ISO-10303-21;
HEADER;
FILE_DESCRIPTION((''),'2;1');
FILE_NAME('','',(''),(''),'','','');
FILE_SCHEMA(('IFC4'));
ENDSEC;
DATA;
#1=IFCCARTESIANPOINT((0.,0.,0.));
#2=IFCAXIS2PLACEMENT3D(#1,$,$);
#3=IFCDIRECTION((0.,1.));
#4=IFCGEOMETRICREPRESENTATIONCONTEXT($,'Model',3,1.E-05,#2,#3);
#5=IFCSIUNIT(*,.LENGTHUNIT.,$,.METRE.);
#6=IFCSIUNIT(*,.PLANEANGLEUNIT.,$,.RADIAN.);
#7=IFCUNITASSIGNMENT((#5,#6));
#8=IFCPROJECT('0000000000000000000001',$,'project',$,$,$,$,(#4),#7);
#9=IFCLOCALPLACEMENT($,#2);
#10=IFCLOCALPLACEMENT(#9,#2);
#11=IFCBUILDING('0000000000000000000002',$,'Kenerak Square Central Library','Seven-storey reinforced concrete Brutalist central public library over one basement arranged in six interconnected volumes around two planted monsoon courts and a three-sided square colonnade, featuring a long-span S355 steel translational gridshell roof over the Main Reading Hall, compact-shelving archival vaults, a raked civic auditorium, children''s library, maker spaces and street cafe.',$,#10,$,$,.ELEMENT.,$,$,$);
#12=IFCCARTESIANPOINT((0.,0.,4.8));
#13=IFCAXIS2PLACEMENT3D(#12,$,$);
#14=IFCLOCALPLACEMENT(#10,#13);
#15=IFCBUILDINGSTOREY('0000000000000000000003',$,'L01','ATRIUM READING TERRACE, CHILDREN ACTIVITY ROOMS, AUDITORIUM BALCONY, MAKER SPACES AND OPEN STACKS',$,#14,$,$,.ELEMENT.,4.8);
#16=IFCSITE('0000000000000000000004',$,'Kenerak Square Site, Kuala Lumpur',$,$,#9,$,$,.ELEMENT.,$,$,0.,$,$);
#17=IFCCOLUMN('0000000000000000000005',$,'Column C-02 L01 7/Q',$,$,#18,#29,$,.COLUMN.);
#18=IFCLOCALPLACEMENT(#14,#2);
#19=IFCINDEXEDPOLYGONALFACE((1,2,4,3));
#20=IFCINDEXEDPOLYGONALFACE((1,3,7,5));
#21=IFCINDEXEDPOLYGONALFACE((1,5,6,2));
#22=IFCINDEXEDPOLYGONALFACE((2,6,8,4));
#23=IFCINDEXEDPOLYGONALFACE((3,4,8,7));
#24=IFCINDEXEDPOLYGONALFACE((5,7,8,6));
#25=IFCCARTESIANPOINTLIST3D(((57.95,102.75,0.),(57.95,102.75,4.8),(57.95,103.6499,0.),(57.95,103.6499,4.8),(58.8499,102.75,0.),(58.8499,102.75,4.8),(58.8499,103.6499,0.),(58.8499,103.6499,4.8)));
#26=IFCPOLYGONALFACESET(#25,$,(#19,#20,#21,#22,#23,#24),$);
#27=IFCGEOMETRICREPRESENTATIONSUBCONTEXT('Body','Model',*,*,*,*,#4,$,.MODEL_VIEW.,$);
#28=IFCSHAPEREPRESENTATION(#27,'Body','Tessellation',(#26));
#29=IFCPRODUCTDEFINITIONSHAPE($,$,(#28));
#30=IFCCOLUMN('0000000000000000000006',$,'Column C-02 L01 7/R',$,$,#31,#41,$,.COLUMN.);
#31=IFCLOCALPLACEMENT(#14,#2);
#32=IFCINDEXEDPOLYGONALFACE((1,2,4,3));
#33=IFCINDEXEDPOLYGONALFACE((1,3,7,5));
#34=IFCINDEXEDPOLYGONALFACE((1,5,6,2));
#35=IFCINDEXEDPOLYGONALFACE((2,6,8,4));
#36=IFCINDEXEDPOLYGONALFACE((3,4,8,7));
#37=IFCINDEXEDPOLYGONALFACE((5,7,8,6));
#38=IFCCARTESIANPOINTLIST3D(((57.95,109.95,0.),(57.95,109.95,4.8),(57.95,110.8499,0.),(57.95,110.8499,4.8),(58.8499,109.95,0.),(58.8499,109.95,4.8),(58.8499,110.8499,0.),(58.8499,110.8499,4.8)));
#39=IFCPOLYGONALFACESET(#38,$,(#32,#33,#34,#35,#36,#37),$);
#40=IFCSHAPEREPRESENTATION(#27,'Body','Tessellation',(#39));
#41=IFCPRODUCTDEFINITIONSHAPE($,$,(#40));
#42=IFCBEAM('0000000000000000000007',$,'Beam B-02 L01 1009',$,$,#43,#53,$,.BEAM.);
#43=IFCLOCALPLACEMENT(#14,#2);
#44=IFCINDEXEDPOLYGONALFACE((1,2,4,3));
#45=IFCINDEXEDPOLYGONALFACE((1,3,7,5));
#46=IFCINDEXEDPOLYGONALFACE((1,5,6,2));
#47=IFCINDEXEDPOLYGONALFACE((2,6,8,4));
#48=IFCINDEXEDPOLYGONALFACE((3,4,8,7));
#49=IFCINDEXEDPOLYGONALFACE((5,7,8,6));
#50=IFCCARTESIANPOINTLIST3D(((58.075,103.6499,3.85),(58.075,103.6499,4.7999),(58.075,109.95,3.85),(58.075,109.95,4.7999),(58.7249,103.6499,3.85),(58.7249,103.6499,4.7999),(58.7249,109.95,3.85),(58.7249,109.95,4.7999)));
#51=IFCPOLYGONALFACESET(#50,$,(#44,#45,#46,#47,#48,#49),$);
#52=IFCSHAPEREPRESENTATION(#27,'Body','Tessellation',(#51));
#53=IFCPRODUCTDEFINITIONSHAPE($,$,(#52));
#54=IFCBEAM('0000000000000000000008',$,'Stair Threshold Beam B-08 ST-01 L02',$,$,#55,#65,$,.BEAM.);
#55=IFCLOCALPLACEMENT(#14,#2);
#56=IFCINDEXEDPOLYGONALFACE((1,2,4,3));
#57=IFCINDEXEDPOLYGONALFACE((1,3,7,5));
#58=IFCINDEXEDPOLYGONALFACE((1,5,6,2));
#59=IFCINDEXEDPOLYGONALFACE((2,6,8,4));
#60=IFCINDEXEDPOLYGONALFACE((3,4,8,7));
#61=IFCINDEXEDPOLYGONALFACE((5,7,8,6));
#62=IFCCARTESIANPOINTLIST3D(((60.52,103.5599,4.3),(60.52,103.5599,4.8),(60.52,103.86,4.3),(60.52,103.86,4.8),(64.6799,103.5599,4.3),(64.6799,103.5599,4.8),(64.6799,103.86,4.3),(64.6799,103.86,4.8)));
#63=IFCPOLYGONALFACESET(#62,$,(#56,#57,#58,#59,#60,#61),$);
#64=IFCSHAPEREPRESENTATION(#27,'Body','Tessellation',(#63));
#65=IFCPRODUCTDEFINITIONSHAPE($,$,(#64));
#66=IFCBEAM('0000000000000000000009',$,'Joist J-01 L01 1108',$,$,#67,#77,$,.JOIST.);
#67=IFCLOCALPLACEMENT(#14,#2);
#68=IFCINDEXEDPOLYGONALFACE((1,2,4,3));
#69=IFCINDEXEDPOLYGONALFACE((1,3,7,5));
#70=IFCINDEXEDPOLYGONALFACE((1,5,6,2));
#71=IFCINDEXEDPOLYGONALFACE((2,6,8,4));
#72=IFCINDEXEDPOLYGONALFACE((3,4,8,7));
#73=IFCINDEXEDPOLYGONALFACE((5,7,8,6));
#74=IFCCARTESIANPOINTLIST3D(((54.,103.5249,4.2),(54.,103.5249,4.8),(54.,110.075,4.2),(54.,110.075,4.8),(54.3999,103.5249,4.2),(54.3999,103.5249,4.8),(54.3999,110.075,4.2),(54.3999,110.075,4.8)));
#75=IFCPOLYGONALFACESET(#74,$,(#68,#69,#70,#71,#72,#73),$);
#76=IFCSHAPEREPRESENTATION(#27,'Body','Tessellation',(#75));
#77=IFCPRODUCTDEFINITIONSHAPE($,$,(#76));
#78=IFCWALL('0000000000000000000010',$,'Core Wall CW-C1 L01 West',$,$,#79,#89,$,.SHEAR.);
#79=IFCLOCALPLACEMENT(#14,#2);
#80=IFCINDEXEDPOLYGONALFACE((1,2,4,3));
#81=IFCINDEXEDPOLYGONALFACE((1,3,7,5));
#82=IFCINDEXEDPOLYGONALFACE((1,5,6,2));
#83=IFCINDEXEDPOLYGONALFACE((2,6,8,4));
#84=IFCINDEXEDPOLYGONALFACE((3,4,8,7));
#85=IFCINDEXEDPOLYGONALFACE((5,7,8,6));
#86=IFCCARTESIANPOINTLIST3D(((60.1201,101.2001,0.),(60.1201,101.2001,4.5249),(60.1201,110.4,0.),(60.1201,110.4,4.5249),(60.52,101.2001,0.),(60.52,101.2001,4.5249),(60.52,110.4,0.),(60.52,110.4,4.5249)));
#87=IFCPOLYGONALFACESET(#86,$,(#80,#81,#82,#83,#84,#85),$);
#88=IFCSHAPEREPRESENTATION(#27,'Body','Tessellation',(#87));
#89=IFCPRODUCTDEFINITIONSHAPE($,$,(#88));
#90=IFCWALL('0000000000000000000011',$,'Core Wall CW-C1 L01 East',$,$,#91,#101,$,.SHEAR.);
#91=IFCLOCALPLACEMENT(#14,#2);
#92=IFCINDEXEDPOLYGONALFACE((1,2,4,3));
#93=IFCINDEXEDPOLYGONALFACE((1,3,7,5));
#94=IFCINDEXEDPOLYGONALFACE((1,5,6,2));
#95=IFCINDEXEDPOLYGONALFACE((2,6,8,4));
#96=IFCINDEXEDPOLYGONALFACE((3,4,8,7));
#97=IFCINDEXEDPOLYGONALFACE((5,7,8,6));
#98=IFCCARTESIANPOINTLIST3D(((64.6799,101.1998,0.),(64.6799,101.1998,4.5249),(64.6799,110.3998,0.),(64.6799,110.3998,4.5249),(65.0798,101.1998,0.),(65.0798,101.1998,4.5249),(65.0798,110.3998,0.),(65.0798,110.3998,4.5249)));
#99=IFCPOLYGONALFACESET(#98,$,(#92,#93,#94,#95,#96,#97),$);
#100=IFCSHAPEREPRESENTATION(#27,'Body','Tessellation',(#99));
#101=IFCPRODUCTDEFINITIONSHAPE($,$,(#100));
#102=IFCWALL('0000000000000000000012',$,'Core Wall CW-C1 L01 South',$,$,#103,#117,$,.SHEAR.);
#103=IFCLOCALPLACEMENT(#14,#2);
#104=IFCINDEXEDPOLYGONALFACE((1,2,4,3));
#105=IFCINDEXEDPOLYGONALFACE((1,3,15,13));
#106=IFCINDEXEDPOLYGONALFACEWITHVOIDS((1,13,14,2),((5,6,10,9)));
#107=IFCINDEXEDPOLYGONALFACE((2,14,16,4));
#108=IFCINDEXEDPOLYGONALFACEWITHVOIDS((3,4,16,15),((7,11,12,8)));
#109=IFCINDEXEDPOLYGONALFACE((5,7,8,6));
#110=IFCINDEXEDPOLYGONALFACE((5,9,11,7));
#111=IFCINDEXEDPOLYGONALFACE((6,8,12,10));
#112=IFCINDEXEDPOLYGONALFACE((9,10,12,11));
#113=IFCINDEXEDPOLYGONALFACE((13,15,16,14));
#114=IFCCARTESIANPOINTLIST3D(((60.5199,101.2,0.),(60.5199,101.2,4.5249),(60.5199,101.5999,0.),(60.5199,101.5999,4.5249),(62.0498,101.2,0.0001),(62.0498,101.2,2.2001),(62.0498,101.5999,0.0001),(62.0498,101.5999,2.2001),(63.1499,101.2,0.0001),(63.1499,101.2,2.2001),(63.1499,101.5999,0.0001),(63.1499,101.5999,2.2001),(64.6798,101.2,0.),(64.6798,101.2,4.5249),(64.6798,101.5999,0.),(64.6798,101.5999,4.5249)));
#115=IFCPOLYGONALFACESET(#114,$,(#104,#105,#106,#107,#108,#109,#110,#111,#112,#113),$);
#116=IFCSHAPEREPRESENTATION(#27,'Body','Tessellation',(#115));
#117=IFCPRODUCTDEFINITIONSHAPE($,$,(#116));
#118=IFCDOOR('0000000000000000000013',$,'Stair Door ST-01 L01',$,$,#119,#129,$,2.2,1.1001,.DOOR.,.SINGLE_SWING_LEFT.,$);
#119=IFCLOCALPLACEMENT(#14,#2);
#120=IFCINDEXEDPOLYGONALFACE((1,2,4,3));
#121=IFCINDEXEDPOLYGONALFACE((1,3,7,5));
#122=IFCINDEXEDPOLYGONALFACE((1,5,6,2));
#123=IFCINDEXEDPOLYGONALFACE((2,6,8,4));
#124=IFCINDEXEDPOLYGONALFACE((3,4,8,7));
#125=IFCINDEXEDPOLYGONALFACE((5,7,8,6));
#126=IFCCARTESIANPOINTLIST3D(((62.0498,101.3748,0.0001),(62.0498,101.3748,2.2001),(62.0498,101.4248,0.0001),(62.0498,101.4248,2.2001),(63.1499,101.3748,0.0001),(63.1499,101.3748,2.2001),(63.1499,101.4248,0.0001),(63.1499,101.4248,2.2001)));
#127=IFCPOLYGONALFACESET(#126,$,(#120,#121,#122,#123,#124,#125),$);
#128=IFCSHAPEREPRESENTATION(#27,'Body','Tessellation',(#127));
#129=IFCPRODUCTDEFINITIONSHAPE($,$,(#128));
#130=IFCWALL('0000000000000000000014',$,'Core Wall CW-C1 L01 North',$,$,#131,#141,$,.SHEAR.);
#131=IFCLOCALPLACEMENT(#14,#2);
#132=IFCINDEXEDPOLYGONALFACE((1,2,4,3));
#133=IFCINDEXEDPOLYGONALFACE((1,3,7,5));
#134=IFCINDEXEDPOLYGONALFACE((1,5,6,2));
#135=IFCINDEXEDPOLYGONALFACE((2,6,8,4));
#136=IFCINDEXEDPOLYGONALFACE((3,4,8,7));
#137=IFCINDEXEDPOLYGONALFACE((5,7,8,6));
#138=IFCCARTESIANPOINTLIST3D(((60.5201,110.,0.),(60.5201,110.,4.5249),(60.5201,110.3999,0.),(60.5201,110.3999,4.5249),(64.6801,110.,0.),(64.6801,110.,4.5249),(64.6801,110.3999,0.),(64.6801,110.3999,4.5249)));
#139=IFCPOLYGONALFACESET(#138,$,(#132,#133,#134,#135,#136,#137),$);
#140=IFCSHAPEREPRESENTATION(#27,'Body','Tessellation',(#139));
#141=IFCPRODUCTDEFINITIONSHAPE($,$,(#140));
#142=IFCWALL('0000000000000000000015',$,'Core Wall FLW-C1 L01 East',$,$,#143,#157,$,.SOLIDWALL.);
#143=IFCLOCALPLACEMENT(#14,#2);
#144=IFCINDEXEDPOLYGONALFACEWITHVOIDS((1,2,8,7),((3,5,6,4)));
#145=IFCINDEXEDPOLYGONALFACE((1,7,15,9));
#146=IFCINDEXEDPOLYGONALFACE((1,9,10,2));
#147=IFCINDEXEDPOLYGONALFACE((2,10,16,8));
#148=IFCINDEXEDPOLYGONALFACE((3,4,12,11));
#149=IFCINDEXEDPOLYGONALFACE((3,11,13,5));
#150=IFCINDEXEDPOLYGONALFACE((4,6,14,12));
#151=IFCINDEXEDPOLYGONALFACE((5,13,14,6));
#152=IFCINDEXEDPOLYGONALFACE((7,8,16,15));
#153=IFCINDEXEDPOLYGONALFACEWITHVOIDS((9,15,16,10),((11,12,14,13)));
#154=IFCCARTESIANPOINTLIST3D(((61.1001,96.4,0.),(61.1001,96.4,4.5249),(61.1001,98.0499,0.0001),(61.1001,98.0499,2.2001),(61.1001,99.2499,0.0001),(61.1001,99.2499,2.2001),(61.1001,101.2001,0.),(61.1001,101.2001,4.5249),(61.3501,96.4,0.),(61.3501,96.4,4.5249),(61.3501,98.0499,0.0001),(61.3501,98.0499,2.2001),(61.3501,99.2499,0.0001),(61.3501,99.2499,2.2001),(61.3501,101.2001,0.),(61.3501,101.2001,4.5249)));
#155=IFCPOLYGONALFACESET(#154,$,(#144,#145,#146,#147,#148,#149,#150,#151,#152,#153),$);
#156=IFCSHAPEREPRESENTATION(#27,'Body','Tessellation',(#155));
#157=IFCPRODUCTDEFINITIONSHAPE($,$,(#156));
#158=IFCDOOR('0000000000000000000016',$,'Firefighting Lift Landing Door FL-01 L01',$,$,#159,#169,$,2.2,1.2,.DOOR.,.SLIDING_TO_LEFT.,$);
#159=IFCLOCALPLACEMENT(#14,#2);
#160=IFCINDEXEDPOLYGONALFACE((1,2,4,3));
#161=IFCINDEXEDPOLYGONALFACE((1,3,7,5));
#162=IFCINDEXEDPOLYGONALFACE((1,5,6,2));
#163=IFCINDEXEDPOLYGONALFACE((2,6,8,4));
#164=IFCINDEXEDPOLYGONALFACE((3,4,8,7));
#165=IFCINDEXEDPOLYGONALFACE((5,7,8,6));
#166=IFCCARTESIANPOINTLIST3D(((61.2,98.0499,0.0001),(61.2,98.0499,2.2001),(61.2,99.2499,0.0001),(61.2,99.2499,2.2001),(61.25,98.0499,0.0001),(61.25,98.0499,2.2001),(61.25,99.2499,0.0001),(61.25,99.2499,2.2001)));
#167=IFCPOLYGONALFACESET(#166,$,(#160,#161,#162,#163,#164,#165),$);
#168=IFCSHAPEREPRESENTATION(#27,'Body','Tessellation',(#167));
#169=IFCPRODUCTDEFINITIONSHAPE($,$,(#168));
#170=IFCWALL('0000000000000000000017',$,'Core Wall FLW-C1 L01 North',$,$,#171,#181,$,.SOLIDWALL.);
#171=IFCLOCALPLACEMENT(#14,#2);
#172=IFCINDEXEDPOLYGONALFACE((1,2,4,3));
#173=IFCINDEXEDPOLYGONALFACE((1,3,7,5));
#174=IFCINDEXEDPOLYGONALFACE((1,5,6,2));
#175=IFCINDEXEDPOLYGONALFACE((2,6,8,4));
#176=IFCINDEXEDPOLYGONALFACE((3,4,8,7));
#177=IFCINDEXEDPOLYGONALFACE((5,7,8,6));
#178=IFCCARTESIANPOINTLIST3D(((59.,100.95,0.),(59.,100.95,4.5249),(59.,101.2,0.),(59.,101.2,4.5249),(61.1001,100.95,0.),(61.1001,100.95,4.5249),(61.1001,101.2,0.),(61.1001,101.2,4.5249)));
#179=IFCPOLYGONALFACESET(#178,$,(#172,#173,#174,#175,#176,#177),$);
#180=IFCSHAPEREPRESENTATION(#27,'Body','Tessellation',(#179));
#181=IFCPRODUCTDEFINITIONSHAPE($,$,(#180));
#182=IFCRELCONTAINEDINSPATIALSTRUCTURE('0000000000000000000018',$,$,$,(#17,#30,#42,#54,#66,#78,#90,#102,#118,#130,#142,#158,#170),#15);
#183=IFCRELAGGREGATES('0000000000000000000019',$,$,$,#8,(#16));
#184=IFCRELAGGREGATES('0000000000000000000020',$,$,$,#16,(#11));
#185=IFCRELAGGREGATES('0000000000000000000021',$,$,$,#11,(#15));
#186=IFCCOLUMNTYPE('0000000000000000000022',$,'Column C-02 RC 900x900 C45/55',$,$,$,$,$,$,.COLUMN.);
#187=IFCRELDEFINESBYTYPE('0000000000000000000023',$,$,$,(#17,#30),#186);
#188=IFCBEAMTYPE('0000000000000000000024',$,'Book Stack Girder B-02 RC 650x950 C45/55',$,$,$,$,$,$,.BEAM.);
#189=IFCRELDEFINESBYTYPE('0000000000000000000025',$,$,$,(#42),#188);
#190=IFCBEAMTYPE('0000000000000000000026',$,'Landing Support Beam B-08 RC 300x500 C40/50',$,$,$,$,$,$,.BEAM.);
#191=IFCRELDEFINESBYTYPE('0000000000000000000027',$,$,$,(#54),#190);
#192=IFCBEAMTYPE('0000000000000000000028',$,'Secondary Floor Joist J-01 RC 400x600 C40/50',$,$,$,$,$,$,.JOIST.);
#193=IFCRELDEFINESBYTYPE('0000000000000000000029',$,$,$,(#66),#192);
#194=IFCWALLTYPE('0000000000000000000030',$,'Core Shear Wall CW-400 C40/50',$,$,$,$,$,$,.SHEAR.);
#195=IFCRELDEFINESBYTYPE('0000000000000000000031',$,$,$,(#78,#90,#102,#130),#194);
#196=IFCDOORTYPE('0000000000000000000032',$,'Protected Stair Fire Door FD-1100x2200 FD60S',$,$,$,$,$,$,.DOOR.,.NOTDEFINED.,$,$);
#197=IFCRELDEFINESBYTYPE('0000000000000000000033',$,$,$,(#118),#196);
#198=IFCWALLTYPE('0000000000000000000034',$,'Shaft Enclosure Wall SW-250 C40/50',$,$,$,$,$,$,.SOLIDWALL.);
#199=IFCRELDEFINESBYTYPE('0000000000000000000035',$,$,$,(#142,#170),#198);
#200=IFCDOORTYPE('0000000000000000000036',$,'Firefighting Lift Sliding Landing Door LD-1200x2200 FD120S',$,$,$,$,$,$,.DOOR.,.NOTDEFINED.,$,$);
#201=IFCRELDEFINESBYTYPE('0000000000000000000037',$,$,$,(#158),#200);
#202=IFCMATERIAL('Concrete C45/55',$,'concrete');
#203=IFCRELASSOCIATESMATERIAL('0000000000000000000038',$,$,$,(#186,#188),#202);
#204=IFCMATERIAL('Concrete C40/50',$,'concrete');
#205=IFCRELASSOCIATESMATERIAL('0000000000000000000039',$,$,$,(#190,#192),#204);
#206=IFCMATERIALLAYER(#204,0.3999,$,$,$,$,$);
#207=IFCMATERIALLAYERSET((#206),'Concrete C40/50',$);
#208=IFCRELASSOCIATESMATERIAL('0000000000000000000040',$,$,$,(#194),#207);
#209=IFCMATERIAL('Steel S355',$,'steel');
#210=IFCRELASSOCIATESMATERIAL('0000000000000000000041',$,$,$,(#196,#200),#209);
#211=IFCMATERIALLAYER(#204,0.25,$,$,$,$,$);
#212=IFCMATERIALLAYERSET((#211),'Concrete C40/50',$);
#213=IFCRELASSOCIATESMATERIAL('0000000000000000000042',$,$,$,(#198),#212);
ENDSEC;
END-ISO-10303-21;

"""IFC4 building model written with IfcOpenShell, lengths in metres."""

from ifc_helpers import new_model, si_unit, direction, frame, frame_2d, origin, origin_2d, place, context, subcontext, project, spatial, rectangle, extrude, material, layer, layer_set, material_profile, profile_set, type_object, element, fill, save


model = new_model("IFC4")

# Units and contexts
model_context = context("Model", 3, precision=1e-05, world=origin(), true_north=direction((0.0, 1.0)))
body_context = subcontext(model_context, "Body", "Model", "MODEL_VIEW")
ifc_project = project(units=[si_unit("LENGTHUNIT", "METRE"), si_unit("PLANEANGLEUNIT", "RADIAN")], contexts=[model_context])

# Site, building, storey
site_placement = place(None, origin())
site = spatial("IfcSite", under=ifc_project, at=site_placement, Name="Kenerak Square Site, Kuala Lumpur", CompositionType="ELEMENT", RefElevation=0.0)
building_placement = place(site_placement, origin())
building = spatial("IfcBuilding", under=site, at=building_placement, Name="Kenerak Square Central Library", Description="Seven-storey reinforced concrete Brutalist central public library over one basement arranged in six interconnected volumes around two planted monsoon courts and a three-sided square colonnade, featuring a long-span S355 steel translational gridshell roof over the Main Reading Hall, compact-shelving archival vaults, a raked civic auditorium, children's library, maker spaces and street cafe.", CompositionType="ELEMENT")
storey_placement = place(building_placement, frame((0.0, 0.0, 4.8)))
storey = spatial("IfcBuildingStorey", under=building, at=storey_placement, Name="L01", Description="ATRIUM READING TERRACE, CHILDREN ACTIVITY ROOMS, AUDITORIUM BALCONY, MAKER SPACES AND OPEN STACKS", CompositionType="ELEMENT", Elevation=4.8)

# Columns
ifc_material_1 = material(Name="Concrete C45/55", Category="concrete")
ifc_material_profile_1 = material_profile(ifc_material_1, rectangle(XDim=0.8999, YDim=0.8999, at=origin_2d()), Name="RC 900x900")
ifc_profile_set_1 = profile_set([ifc_material_profile_1], Name="Concrete C45/55")
column_type = type_object("IfcColumnType", Name="Column C-02 RC 900x900 C45/55", PredefinedType="COLUMN", material=ifc_profile_set_1)
for number, where, z_axis, x_axis, name in (
    (1, (58.3999, 103.2, 0.0), (0.0, 0.0, 1.0), (1.0, 0.0, 0.0), "Column C-02 L01 7/Q"),
    (2, (58.3999, 110.3999, 0.0), (0.0, 0.0, 1.0), (1.0, 0.0, 0.0), "Column C-02 L01 7/R"),
):
    element("IfcColumn", number, at=place(storey_placement, frame(where, z_axis=z_axis, x_axis=x_axis)), inside=storey, type_object=column_type, Name=name, PredefinedType="COLUMN", context=body_context, shape_type="SweptSolid", body=[
        extrude(rectangle(XDim=0.8999, YDim=0.8999, at=origin_2d()), origin(), (0.0, 0.0, 1.0), 4.8),
    ])

# Beams
ifc_material_profile_2 = material_profile(ifc_material_1, rectangle(XDim=0.6499, YDim=0.95, at=origin_2d()), Name="RC 650x950")
ifc_profile_set_2 = profile_set([ifc_material_profile_2], Name="Concrete C45/55")
beam_type_1 = type_object("IfcBeamType", Name="Book Stack Girder B-02 RC 650x950 C45/55", PredefinedType="BEAM", material=ifc_profile_set_2)
beam_1_placement = place(storey_placement, frame((58.3999, 103.6499, 4.325), z_axis=(0.0, 1.0, 0.0), x_axis=(-1.0, 0.0, 0.0)))
element("IfcBeam", 3, at=beam_1_placement, inside=storey, type_object=beam_type_1, Name="Beam B-02 L01 1009", PredefinedType="BEAM", context=body_context, shape_type="SweptSolid", body=[
    extrude(rectangle(XDim=0.6499, YDim=0.95, at=origin_2d()), origin(), (0.0, 0.0, 1.0), 6.3),
])
ifc_material_2 = material(Name="Concrete C40/50", Category="concrete")
ifc_material_profile_3 = material_profile(ifc_material_2, rectangle(XDim=0.3, YDim=0.5, at=origin_2d()), Name="RC 300x500")
ifc_profile_set_3 = profile_set([ifc_material_profile_3], Name="Concrete C40/50")
beam_type_2 = type_object("IfcBeamType", Name="Landing Support Beam B-08 RC 300x500 C40/50", PredefinedType="BEAM", material=ifc_profile_set_3)
beam_2_placement = place(storey_placement, frame((60.52, 103.71, 4.55), z_axis=(1.0, 0.0, 0.0), x_axis=(0.0, 1.0, 0.0)))
element("IfcBeam", 4, at=beam_2_placement, inside=storey, type_object=beam_type_2, Name="Stair Threshold Beam B-08 ST-01 L02", PredefinedType="BEAM", context=body_context, shape_type="SweptSolid", body=[
    extrude(rectangle(XDim=0.3, YDim=0.5, at=origin_2d()), origin(), (0.0, 0.0, 1.0), 4.1599),
])
ifc_material_profile_4 = material_profile(ifc_material_2, rectangle(XDim=0.3999, YDim=0.6001, at=origin_2d()), Name="RC 400x600")
ifc_profile_set_4 = profile_set([ifc_material_profile_4], Name="Concrete C40/50")
beam_type_3 = type_object("IfcBeamType", Name="Secondary Floor Joist J-01 RC 400x600 C40/50", PredefinedType="JOIST", material=ifc_profile_set_4)
beam_3_placement = place(storey_placement, frame((54.2, 103.5249, 4.5), z_axis=(0.0, 1.0, 0.0), x_axis=(-1.0, 0.0, 0.0)))
element("IfcBeam", 5, at=beam_3_placement, inside=storey, type_object=beam_type_3, Name="Joist J-01 L01 1108", PredefinedType="JOIST", context=body_context, shape_type="SweptSolid", body=[
    extrude(rectangle(XDim=0.3999, YDim=0.6001, at=origin_2d()), origin(), (0.0, 0.0, 1.0), 6.55),
])

# Walls
ifc_layer_1 = layer(ifc_material_2, 0.3999)
ifc_layer_set_1 = layer_set([ifc_layer_1], Name="Concrete C40/50")
wall_type_1 = type_object("IfcWallType", Name="Core Shear Wall CW-400 C40/50", PredefinedType="SHEAR", material=ifc_layer_set_1)
for number, where, z_axis, x_axis, name in (
    (6, (60.3201, 101.2, 0.0), (0.0, 0.0, 1.0), (0.0, 1.0, 0.0), "Core Wall CW-C1 L01 West"),
    (7, (64.8799, 110.3999, 0.0), (0.0, 0.0, 1.0), (0.0, -1.0, 0.0), "Core Wall CW-C1 L01 East"),
):
    element("IfcWall", number, at=place(storey_placement, frame(where, z_axis=z_axis, x_axis=x_axis)), inside=storey, type_object=wall_type_1, Name=name, PredefinedType="SHEAR", context=body_context, shape_type="SweptSolid", body=[
        extrude(rectangle(XDim=9.2, YDim=0.3999, at=frame_2d((4.6001, 0.0))), origin(), (0.0, 0.0, 1.0), 4.5249),
    ])

# Wall, opening, door
wall_1_placement = place(storey_placement, frame((64.6799, 101.3999, 0.0), z_axis=(0.0, 0.0, 1.0), x_axis=(-1.0, 0.0, 0.0)))
wall_1 = element("IfcWall", 8, at=wall_1_placement, inside=storey, type_object=wall_type_1, Name="Core Wall CW-C1 L01 South", PredefinedType="SHEAR", context=body_context, shape_type="SweptSolid", body=[
    extrude(rectangle(XDim=4.1599, YDim=0.3999, at=frame_2d((2.0801, 0.0))), origin(), (0.0, 0.0, 1.0), 4.5249),
])
opening_1_placement = place(wall_1_placement, frame((1.53, 0.0, 0.0)))
opening_1 = element("IfcOpeningElement", 9, at=opening_1_placement, cuts=wall_1, PredefinedType="OPENING", context=body_context, shape_type="SweptSolid", body=[
    extrude(rectangle(XDim=1.1001, YDim=2.2, at=frame_2d((0.55, 1.1001))), frame((0.0, 0.21, 0.0), z_axis=(0.0, -1.0, 0.0), x_axis=(1.0, 0.0, 0.0)), (0.0, 0.0, 1.0), 0.4199),
])
ifc_material_3 = material(Name="Steel S355", Category="steel")
door_type_1 = type_object("IfcDoorType", Name="Protected Stair Fire Door FD-1100x2200 FD60S", OperationType="NOTDEFINED", PredefinedType="DOOR", material=ifc_material_3)
door_1_placement = place(opening_1_placement, frame((1.1001, 0.0, 0.0), z_axis=(0.0, 0.0, 1.0), x_axis=(-1.0, 0.0, 0.0)))
door_1 = element("IfcDoor", 10, at=door_1_placement, inside=storey, type_object=door_type_1, Name="Stair Door ST-01 L01", OperationType="SINGLE_SWING_LEFT", OverallHeight=2.2, OverallWidth=1.1001, PredefinedType="DOOR", context=body_context, shape_type="SweptSolid", body=[
    extrude(rectangle(XDim=1.1001, YDim=2.2, at=frame_2d((0.55, 1.1001))), frame((0.0, 0.0249, 0.0), z_axis=(0.0, -1.0, 0.0), x_axis=(1.0, 0.0, 0.0)), (0.0, 0.0, 1.0), 0.05),
])
fill(opening_1, door_1)

# Wall
wall_2_placement = place(storey_placement, frame((60.52, 110.2, 0.0), z_axis=(0.0, 0.0, 1.0), x_axis=(1.0, 0.0, 0.0)))
element("IfcWall", 11, at=wall_2_placement, inside=storey, type_object=wall_type_1, Name="Core Wall CW-C1 L01 North", PredefinedType="SHEAR", context=body_context, shape_type="SweptSolid", body=[
    extrude(rectangle(XDim=4.1599, YDim=0.3999, at=frame_2d((2.0801, 0.0))), origin(), (0.0, 0.0, 1.0), 4.5249),
])

# Wall, opening, door
ifc_layer_2 = layer(ifc_material_2, 0.25)
ifc_layer_set_2 = layer_set([ifc_layer_2], Name="Concrete C40/50")
wall_type_2 = type_object("IfcWallType", Name="Shaft Enclosure Wall SW-250 C40/50", PredefinedType="SOLIDWALL", material=ifc_layer_set_2)
wall_3_placement = place(storey_placement, frame((61.2251, 101.2, 0.0), z_axis=(0.0, 0.0, 1.0), x_axis=(0.0, -1.0, 0.0)))
wall_3 = element("IfcWall", 12, at=wall_3_placement, inside=storey, type_object=wall_type_2, Name="Core Wall FLW-C1 L01 East", PredefinedType="SOLIDWALL", context=body_context, shape_type="SweptSolid", body=[
    extrude(rectangle(XDim=4.8, YDim=0.25, at=frame_2d((2.3999, 0.0))), origin(), (0.0, 0.0, 1.0), 4.5249),
])
opening_2_placement = place(wall_3_placement, frame((1.95, 0.0, 0.0)))
opening_2 = element("IfcOpeningElement", 13, at=opening_2_placement, cuts=wall_3, PredefinedType="OPENING", context=body_context, shape_type="SweptSolid", body=[
    extrude(rectangle(XDim=1.2, YDim=2.2, at=frame_2d((0.6001, 1.1001))), frame((0.0, 0.135, 0.0), z_axis=(0.0, -1.0, 0.0), x_axis=(1.0, 0.0, 0.0)), (0.0, 0.0, 1.0), 0.27),
])
door_type_2 = type_object("IfcDoorType", Name="Firefighting Lift Sliding Landing Door LD-1200x2200 FD120S", OperationType="NOTDEFINED", PredefinedType="DOOR", material=ifc_material_3)
door_2_placement = place(opening_2_placement, origin())
door_2 = element("IfcDoor", 14, at=door_2_placement, inside=storey, type_object=door_type_2, Name="Firefighting Lift Landing Door FL-01 L01", OperationType="SLIDING_TO_LEFT", OverallHeight=2.2, OverallWidth=1.2, PredefinedType="DOOR", context=body_context, shape_type="SweptSolid", body=[
    extrude(rectangle(XDim=1.2, YDim=2.2, at=frame_2d((0.6001, 1.1001))), frame((0.0, 0.0249, 0.0), z_axis=(0.0, -1.0, 0.0), x_axis=(1.0, 0.0, 0.0)), (0.0, 0.0, 1.0), 0.05),
])
fill(opening_2, door_2)

# Wall
wall_4_placement = place(storey_placement, frame((59.0, 101.075, 0.0), z_axis=(0.0, 0.0, 1.0), x_axis=(1.0, 0.0, 0.0)))
element("IfcWall", 15, at=wall_4_placement, inside=storey, type_object=wall_type_2, Name="Core Wall FLW-C1 L01 North", PredefinedType="SOLIDWALL", context=body_context, shape_type="SweptSolid", body=[
    extrude(rectangle(XDim=2.1001, YDim=0.25, at=frame_2d((1.05, 0.0))), origin(), (0.0, 0.0, 1.0), 4.5249),
])

save(model, "model.ifc")
